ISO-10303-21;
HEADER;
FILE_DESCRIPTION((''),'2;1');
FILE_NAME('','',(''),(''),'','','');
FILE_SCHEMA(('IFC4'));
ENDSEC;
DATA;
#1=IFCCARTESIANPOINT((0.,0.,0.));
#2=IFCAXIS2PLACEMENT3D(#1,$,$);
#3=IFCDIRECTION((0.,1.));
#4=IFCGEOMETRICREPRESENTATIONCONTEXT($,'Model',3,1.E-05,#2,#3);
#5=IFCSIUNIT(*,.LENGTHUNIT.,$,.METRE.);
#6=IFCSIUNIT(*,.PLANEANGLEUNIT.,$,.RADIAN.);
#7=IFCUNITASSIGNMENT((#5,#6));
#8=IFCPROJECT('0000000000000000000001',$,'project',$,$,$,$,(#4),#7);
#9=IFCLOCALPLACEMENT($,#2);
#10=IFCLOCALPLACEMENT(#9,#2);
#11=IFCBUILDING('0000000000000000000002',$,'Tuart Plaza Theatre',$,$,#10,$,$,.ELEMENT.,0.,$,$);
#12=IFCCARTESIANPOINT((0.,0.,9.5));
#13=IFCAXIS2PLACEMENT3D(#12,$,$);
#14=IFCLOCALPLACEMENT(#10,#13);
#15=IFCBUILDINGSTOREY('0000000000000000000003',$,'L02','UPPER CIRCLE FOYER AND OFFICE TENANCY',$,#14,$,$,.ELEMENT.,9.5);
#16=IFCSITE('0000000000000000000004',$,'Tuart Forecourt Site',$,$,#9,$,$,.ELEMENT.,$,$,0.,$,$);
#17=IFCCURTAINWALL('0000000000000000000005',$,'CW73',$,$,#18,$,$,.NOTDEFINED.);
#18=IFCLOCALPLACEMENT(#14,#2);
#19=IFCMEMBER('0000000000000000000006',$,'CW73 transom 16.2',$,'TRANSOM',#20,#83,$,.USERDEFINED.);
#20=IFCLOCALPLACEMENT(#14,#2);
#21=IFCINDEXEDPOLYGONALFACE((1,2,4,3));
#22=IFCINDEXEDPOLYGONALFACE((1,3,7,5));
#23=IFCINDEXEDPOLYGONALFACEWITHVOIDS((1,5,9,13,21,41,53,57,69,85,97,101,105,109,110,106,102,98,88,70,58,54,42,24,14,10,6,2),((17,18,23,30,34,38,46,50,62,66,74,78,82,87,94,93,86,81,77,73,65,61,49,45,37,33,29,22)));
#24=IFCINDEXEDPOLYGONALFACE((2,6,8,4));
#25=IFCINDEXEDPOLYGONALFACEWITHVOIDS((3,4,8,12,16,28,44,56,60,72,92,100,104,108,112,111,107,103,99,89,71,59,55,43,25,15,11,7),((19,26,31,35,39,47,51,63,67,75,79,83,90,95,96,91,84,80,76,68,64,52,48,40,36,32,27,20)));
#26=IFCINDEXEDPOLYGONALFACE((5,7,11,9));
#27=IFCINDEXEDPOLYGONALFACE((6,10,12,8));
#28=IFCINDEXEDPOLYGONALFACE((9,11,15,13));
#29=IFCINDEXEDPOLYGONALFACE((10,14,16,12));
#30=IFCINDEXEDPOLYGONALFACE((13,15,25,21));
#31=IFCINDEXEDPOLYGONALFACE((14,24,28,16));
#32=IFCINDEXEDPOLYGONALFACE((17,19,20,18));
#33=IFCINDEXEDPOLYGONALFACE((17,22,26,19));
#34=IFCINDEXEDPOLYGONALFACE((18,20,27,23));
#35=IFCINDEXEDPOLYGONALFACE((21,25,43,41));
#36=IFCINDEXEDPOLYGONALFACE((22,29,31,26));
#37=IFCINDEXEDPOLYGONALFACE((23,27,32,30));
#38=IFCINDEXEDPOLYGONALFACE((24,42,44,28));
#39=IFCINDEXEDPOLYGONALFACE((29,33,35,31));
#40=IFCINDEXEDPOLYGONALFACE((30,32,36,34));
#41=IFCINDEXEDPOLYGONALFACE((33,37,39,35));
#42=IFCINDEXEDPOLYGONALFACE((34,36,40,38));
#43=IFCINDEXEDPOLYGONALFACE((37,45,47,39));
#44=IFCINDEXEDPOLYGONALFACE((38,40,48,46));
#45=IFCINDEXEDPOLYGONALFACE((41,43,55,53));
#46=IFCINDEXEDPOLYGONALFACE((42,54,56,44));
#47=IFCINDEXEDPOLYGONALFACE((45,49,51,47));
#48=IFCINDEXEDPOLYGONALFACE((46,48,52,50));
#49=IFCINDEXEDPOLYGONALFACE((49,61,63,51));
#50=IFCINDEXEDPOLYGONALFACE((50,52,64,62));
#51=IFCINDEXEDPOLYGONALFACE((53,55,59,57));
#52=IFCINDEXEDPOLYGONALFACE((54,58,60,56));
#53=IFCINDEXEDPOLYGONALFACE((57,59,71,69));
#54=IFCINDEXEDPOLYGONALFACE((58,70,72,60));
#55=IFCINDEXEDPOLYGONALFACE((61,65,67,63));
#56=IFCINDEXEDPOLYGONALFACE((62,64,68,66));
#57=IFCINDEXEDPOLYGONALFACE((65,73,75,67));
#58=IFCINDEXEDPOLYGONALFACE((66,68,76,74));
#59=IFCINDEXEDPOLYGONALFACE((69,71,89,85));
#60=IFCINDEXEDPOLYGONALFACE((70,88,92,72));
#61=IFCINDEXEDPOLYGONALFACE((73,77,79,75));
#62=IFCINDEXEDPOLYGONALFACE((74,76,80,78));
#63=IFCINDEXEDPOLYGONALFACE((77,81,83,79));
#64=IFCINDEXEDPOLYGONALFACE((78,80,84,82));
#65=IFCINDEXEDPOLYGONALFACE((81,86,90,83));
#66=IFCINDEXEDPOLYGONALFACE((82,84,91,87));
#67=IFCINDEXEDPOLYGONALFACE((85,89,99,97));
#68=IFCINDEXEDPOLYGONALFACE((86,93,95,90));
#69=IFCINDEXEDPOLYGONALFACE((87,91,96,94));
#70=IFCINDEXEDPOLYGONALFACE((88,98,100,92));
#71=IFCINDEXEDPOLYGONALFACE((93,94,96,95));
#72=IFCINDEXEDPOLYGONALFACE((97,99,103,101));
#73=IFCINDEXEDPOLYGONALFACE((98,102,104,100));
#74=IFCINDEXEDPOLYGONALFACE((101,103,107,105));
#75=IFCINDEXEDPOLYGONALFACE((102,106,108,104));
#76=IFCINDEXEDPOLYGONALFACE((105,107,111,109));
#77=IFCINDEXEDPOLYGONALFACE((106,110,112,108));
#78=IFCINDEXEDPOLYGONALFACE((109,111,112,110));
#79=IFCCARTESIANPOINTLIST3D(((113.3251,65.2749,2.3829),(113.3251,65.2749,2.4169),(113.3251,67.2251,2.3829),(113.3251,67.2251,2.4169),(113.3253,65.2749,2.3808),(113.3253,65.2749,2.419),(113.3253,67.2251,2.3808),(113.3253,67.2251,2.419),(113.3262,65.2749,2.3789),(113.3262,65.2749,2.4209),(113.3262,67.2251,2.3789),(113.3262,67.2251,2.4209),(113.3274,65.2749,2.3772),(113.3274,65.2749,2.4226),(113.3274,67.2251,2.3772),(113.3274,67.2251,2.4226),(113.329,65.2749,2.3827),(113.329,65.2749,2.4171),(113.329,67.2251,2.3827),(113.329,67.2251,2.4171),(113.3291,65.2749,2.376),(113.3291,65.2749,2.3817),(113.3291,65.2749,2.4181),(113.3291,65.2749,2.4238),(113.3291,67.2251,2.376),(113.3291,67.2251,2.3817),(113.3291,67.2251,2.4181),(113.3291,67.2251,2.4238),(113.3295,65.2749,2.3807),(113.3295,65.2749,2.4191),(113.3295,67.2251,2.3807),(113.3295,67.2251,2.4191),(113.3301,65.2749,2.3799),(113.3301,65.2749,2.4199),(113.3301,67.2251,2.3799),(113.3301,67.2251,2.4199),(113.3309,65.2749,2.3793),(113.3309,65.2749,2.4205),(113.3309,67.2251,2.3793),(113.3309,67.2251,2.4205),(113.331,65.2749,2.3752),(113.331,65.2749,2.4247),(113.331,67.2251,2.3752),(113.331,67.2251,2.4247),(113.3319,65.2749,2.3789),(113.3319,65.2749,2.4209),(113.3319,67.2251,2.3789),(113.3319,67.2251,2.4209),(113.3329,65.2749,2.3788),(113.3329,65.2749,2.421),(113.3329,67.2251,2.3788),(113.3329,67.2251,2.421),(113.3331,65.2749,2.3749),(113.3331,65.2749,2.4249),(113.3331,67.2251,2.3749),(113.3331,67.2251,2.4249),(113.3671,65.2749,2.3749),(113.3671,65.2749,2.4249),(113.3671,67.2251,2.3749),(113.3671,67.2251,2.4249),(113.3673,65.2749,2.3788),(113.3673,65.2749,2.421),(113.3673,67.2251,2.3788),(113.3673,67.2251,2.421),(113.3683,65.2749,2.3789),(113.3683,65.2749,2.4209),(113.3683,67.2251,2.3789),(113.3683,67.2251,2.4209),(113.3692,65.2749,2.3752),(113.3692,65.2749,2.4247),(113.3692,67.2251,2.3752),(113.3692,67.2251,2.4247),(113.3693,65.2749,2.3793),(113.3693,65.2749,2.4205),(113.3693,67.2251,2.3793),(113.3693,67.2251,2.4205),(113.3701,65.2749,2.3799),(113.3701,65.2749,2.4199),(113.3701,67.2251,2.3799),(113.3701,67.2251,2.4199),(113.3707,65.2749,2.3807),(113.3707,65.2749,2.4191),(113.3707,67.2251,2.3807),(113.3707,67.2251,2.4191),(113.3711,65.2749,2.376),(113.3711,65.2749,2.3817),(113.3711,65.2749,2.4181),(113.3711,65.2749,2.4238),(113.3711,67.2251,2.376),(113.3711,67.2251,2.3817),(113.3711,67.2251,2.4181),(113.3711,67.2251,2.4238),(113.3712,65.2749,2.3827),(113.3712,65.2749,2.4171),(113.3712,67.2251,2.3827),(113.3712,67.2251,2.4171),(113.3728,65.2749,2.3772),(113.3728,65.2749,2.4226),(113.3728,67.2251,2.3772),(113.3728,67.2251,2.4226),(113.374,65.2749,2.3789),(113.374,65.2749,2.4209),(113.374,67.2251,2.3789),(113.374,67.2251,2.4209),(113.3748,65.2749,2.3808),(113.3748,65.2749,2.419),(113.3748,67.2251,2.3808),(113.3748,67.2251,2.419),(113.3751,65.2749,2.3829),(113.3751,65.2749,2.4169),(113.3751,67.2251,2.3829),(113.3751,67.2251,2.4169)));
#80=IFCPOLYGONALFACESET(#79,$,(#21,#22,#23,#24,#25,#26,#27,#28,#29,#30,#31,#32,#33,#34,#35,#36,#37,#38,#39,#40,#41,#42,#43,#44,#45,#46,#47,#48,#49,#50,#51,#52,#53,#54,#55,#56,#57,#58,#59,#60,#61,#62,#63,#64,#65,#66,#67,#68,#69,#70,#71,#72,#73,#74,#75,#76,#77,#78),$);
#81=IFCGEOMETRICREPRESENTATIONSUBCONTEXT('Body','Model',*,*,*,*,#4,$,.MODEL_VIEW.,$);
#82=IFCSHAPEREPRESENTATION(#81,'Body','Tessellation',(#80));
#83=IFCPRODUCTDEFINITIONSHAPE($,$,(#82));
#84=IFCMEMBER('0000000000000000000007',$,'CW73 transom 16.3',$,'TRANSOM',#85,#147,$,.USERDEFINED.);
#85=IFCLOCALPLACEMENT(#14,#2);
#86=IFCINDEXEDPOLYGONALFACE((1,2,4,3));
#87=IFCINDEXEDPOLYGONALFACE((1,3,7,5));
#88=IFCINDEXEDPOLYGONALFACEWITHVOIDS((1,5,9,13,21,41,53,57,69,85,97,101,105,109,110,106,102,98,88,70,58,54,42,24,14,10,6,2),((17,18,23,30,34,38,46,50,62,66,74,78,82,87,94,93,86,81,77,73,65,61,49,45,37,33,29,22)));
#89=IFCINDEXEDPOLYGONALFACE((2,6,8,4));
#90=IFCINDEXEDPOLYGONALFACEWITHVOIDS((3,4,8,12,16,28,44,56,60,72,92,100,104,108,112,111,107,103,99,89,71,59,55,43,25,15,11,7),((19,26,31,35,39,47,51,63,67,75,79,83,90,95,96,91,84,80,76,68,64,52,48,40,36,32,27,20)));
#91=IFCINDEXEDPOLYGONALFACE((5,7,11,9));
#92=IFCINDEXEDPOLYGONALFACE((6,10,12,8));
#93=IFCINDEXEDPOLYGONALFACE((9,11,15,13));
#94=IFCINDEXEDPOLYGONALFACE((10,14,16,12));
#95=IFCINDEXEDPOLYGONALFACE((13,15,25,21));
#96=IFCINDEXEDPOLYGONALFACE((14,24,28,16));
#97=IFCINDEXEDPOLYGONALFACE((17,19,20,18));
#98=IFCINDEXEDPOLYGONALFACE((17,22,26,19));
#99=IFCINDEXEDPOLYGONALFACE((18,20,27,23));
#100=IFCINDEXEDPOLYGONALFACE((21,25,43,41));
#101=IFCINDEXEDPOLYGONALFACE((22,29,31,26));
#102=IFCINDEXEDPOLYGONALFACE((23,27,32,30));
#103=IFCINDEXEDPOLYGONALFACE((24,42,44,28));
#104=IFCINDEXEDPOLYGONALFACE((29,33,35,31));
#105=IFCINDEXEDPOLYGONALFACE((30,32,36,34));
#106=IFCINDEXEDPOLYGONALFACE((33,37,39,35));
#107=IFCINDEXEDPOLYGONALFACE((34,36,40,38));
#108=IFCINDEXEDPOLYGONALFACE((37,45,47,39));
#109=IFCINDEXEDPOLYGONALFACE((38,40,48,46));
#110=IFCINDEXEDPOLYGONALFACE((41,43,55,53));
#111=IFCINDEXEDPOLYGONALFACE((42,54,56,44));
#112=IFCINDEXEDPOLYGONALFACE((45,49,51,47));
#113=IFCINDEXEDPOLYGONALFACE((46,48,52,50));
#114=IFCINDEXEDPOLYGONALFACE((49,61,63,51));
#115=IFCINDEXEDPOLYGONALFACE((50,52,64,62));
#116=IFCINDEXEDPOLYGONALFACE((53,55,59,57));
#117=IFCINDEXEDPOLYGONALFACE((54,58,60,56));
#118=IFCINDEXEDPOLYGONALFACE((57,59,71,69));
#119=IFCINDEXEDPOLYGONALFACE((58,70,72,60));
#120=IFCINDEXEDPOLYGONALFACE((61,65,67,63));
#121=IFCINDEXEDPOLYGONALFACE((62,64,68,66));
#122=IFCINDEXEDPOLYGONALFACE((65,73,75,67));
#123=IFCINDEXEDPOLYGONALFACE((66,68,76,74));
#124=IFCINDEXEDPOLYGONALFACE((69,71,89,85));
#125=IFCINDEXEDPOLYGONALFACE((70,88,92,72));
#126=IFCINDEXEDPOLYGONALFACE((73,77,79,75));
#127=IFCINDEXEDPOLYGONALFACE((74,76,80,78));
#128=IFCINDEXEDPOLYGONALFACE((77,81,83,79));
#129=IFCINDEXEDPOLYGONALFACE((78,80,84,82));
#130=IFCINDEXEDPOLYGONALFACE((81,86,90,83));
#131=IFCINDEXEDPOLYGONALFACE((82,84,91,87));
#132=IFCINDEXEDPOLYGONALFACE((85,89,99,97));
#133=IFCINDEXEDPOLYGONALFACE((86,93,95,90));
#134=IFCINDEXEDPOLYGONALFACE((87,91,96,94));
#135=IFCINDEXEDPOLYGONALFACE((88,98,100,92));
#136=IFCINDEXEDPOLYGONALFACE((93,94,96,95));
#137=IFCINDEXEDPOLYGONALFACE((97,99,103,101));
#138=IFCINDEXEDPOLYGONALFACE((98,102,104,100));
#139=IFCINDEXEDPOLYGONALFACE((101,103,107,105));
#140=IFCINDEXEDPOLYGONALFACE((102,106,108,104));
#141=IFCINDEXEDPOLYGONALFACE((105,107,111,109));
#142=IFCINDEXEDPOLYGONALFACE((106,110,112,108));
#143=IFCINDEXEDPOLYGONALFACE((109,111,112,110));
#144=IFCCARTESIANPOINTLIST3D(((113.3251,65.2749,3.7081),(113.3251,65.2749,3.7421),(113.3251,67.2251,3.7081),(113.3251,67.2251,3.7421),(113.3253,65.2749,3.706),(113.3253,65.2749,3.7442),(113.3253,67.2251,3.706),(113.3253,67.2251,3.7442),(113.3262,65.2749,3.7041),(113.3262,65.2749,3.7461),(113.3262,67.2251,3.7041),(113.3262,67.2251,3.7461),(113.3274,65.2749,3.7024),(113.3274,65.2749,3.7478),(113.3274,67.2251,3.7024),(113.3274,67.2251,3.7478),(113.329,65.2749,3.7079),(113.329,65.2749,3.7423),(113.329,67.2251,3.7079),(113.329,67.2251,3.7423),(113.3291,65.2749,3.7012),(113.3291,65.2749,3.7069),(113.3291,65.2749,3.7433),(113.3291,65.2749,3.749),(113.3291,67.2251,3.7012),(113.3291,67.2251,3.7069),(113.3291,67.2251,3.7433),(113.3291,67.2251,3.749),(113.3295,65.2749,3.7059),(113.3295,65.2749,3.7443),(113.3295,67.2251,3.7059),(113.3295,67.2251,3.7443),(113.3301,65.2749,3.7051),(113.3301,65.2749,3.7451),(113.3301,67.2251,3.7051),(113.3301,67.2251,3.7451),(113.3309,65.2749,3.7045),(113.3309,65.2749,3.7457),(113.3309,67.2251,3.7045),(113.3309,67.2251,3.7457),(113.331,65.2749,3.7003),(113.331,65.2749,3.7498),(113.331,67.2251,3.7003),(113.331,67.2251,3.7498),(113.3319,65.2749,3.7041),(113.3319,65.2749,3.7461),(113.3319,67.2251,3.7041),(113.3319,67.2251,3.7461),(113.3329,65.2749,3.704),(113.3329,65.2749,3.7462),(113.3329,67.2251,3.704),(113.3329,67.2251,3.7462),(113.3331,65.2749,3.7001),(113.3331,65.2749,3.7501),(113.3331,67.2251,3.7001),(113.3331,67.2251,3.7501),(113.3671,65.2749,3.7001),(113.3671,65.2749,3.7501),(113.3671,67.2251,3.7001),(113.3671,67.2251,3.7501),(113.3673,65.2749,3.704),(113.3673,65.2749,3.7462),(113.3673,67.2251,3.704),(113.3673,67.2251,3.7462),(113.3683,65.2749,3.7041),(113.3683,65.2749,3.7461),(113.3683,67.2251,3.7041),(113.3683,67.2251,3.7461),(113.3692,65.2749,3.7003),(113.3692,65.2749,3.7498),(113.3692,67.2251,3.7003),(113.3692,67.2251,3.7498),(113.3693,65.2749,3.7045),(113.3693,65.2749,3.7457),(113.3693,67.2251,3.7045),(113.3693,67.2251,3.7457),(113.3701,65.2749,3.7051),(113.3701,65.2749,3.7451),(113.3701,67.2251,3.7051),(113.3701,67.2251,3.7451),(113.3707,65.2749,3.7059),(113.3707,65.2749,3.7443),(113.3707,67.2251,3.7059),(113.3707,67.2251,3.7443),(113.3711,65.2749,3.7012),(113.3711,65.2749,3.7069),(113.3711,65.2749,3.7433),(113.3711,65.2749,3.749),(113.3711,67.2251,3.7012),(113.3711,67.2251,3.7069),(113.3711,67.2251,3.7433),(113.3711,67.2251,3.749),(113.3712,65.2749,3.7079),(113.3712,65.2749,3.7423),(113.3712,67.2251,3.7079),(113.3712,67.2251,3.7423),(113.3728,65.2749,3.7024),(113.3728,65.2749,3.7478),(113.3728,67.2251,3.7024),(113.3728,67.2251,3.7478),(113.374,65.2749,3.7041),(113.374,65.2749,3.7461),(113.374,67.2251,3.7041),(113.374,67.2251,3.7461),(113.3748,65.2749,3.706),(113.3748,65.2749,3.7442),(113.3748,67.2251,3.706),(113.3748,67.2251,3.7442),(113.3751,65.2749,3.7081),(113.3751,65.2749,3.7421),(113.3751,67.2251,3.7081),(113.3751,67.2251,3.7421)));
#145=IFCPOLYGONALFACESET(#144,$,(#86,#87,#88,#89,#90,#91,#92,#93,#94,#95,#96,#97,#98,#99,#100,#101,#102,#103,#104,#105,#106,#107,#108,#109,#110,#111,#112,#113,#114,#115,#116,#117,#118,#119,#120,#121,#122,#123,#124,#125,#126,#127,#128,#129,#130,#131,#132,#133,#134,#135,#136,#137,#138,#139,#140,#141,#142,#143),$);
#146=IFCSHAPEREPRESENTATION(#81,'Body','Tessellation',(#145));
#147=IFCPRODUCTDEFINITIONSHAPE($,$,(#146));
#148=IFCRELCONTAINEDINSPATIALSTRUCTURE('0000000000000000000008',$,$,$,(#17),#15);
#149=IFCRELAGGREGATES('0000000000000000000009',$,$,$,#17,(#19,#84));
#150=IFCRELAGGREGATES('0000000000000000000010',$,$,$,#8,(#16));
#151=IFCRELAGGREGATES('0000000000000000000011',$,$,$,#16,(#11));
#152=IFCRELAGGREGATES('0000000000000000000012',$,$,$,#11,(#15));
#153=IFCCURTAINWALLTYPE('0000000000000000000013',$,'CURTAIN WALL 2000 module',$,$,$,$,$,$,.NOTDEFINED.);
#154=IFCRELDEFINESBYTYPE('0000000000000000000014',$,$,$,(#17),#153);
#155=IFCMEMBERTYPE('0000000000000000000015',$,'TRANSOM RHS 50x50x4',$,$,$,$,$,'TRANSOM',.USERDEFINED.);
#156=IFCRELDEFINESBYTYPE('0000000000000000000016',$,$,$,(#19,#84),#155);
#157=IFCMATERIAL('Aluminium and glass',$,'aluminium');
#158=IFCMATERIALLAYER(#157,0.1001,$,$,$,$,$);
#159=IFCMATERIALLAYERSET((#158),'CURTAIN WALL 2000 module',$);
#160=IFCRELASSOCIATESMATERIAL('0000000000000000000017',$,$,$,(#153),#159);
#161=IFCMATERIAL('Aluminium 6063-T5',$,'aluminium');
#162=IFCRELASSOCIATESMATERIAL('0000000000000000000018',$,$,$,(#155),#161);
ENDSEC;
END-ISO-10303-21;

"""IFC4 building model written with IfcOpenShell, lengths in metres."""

from ifc_helpers import new_model, si_unit, direction, frame, origin, origin_2d, place, context, subcontext, project, spatial, hollow_rectangle, extrude, material, layer, layer_set, material_profile, profile_set, type_object, element, aggregate, save


model = new_model("IFC4")

# Units and contexts
model_context = context("Model", 3, precision=1e-05, world=origin(), true_north=direction((0.0, 1.0)))
body_context = subcontext(model_context, "Body", "Model", "MODEL_VIEW")
ifc_project = project(units=[si_unit("LENGTHUNIT", "METRE"), si_unit("PLANEANGLEUNIT", "RADIAN")], contexts=[model_context])

# Site, building, storey
site_placement = place(None, origin())
site = spatial("IfcSite", under=ifc_project, at=site_placement, Name="Tuart Forecourt Site", CompositionType="ELEMENT", RefElevation=0.0)
building_placement = place(site_placement, origin())
building = spatial("IfcBuilding", under=site, at=building_placement, Name="Tuart Plaza Theatre", CompositionType="ELEMENT", ElevationOfRefHeight=0.0)
storey_placement = place(building_placement, frame((0.0, 0.0, 9.5)))
storey = spatial("IfcBuildingStorey", under=building, at=storey_placement, Name="L02", Description="UPPER CIRCLE FOYER AND OFFICE TENANCY", CompositionType="ELEMENT", Elevation=9.5)

# Curtain wall, members
ifc_material_1 = material(Name="Aluminium and glass", Category="aluminium")
ifc_layer_1 = layer(ifc_material_1, 0.1001)
ifc_layer_set_1 = layer_set([ifc_layer_1], Name="CURTAIN WALL 2000 module")
curtain_wall_type = type_object("IfcCurtainWallType", Name="CURTAIN WALL 2000 module", PredefinedType="NOTDEFINED", material=ifc_layer_set_1)
curtain_wall_placement = place(storey_placement, origin())
curtain_wall = element("IfcCurtainWall", 1, at=curtain_wall_placement, inside=storey, type_object=curtain_wall_type, Name="CW73", PredefinedType="NOTDEFINED")
ifc_material_2 = material(Name="Aluminium 6063-T5", Category="aluminium")
ifc_material_profile_1 = material_profile(ifc_material_2, hollow_rectangle(XDim=0.05, YDim=0.05, WallThickness=0.0039, InnerFilletRadius=0.0039, OuterFilletRadius=0.0081, at=origin_2d()), Name="RHS 50x50x4")
ifc_profile_set_1 = profile_set([ifc_material_profile_1], Name="Aluminium 6063-T5")
member_type_1 = type_object("IfcMemberType", Name="TRANSOM RHS 50x50x4", ElementType="TRANSOM", PredefinedType="USERDEFINED", material=ifc_profile_set_1)
member_1_placement = place(storey_placement, frame((113.3501, 67.2251, 2.3999), z_axis=(0.0, -1.0, 0.0), x_axis=(1.0, 0.0, 0.0)))
member_1 = element("IfcMember", 2, at=member_1_placement, type_object=member_type_1, Name="CW73 transom 16.2", ObjectType="TRANSOM", PredefinedType="USERDEFINED", context=body_context, shape_type="SweptSolid", body=[
    extrude(hollow_rectangle(XDim=0.05, YDim=0.05, WallThickness=0.0039, InnerFilletRadius=0.0039, OuterFilletRadius=0.0081, at=origin_2d()), origin(), (0.0, 0.0, 1.0), 1.9502),
])
member_2_placement = place(storey_placement, frame((113.3501, 67.2251, 3.7251), z_axis=(0.0, -1.0, 0.0), x_axis=(1.0, 0.0, 0.0)))
member_2 = element("IfcMember", 3, at=member_2_placement, type_object=member_type_1, Name="CW73 transom 16.3", ObjectType="TRANSOM", PredefinedType="USERDEFINED", context=body_context, shape_type="SweptSolid", body=[
    extrude(hollow_rectangle(XDim=0.05, YDim=0.05, WallThickness=0.0039, InnerFilletRadius=0.0039, OuterFilletRadius=0.0081, at=origin_2d()), origin(), (0.0, 0.0, 1.0), 1.9502),
])
aggregate(curtain_wall, [member_1, member_2])

save(model, "model.ifc")
